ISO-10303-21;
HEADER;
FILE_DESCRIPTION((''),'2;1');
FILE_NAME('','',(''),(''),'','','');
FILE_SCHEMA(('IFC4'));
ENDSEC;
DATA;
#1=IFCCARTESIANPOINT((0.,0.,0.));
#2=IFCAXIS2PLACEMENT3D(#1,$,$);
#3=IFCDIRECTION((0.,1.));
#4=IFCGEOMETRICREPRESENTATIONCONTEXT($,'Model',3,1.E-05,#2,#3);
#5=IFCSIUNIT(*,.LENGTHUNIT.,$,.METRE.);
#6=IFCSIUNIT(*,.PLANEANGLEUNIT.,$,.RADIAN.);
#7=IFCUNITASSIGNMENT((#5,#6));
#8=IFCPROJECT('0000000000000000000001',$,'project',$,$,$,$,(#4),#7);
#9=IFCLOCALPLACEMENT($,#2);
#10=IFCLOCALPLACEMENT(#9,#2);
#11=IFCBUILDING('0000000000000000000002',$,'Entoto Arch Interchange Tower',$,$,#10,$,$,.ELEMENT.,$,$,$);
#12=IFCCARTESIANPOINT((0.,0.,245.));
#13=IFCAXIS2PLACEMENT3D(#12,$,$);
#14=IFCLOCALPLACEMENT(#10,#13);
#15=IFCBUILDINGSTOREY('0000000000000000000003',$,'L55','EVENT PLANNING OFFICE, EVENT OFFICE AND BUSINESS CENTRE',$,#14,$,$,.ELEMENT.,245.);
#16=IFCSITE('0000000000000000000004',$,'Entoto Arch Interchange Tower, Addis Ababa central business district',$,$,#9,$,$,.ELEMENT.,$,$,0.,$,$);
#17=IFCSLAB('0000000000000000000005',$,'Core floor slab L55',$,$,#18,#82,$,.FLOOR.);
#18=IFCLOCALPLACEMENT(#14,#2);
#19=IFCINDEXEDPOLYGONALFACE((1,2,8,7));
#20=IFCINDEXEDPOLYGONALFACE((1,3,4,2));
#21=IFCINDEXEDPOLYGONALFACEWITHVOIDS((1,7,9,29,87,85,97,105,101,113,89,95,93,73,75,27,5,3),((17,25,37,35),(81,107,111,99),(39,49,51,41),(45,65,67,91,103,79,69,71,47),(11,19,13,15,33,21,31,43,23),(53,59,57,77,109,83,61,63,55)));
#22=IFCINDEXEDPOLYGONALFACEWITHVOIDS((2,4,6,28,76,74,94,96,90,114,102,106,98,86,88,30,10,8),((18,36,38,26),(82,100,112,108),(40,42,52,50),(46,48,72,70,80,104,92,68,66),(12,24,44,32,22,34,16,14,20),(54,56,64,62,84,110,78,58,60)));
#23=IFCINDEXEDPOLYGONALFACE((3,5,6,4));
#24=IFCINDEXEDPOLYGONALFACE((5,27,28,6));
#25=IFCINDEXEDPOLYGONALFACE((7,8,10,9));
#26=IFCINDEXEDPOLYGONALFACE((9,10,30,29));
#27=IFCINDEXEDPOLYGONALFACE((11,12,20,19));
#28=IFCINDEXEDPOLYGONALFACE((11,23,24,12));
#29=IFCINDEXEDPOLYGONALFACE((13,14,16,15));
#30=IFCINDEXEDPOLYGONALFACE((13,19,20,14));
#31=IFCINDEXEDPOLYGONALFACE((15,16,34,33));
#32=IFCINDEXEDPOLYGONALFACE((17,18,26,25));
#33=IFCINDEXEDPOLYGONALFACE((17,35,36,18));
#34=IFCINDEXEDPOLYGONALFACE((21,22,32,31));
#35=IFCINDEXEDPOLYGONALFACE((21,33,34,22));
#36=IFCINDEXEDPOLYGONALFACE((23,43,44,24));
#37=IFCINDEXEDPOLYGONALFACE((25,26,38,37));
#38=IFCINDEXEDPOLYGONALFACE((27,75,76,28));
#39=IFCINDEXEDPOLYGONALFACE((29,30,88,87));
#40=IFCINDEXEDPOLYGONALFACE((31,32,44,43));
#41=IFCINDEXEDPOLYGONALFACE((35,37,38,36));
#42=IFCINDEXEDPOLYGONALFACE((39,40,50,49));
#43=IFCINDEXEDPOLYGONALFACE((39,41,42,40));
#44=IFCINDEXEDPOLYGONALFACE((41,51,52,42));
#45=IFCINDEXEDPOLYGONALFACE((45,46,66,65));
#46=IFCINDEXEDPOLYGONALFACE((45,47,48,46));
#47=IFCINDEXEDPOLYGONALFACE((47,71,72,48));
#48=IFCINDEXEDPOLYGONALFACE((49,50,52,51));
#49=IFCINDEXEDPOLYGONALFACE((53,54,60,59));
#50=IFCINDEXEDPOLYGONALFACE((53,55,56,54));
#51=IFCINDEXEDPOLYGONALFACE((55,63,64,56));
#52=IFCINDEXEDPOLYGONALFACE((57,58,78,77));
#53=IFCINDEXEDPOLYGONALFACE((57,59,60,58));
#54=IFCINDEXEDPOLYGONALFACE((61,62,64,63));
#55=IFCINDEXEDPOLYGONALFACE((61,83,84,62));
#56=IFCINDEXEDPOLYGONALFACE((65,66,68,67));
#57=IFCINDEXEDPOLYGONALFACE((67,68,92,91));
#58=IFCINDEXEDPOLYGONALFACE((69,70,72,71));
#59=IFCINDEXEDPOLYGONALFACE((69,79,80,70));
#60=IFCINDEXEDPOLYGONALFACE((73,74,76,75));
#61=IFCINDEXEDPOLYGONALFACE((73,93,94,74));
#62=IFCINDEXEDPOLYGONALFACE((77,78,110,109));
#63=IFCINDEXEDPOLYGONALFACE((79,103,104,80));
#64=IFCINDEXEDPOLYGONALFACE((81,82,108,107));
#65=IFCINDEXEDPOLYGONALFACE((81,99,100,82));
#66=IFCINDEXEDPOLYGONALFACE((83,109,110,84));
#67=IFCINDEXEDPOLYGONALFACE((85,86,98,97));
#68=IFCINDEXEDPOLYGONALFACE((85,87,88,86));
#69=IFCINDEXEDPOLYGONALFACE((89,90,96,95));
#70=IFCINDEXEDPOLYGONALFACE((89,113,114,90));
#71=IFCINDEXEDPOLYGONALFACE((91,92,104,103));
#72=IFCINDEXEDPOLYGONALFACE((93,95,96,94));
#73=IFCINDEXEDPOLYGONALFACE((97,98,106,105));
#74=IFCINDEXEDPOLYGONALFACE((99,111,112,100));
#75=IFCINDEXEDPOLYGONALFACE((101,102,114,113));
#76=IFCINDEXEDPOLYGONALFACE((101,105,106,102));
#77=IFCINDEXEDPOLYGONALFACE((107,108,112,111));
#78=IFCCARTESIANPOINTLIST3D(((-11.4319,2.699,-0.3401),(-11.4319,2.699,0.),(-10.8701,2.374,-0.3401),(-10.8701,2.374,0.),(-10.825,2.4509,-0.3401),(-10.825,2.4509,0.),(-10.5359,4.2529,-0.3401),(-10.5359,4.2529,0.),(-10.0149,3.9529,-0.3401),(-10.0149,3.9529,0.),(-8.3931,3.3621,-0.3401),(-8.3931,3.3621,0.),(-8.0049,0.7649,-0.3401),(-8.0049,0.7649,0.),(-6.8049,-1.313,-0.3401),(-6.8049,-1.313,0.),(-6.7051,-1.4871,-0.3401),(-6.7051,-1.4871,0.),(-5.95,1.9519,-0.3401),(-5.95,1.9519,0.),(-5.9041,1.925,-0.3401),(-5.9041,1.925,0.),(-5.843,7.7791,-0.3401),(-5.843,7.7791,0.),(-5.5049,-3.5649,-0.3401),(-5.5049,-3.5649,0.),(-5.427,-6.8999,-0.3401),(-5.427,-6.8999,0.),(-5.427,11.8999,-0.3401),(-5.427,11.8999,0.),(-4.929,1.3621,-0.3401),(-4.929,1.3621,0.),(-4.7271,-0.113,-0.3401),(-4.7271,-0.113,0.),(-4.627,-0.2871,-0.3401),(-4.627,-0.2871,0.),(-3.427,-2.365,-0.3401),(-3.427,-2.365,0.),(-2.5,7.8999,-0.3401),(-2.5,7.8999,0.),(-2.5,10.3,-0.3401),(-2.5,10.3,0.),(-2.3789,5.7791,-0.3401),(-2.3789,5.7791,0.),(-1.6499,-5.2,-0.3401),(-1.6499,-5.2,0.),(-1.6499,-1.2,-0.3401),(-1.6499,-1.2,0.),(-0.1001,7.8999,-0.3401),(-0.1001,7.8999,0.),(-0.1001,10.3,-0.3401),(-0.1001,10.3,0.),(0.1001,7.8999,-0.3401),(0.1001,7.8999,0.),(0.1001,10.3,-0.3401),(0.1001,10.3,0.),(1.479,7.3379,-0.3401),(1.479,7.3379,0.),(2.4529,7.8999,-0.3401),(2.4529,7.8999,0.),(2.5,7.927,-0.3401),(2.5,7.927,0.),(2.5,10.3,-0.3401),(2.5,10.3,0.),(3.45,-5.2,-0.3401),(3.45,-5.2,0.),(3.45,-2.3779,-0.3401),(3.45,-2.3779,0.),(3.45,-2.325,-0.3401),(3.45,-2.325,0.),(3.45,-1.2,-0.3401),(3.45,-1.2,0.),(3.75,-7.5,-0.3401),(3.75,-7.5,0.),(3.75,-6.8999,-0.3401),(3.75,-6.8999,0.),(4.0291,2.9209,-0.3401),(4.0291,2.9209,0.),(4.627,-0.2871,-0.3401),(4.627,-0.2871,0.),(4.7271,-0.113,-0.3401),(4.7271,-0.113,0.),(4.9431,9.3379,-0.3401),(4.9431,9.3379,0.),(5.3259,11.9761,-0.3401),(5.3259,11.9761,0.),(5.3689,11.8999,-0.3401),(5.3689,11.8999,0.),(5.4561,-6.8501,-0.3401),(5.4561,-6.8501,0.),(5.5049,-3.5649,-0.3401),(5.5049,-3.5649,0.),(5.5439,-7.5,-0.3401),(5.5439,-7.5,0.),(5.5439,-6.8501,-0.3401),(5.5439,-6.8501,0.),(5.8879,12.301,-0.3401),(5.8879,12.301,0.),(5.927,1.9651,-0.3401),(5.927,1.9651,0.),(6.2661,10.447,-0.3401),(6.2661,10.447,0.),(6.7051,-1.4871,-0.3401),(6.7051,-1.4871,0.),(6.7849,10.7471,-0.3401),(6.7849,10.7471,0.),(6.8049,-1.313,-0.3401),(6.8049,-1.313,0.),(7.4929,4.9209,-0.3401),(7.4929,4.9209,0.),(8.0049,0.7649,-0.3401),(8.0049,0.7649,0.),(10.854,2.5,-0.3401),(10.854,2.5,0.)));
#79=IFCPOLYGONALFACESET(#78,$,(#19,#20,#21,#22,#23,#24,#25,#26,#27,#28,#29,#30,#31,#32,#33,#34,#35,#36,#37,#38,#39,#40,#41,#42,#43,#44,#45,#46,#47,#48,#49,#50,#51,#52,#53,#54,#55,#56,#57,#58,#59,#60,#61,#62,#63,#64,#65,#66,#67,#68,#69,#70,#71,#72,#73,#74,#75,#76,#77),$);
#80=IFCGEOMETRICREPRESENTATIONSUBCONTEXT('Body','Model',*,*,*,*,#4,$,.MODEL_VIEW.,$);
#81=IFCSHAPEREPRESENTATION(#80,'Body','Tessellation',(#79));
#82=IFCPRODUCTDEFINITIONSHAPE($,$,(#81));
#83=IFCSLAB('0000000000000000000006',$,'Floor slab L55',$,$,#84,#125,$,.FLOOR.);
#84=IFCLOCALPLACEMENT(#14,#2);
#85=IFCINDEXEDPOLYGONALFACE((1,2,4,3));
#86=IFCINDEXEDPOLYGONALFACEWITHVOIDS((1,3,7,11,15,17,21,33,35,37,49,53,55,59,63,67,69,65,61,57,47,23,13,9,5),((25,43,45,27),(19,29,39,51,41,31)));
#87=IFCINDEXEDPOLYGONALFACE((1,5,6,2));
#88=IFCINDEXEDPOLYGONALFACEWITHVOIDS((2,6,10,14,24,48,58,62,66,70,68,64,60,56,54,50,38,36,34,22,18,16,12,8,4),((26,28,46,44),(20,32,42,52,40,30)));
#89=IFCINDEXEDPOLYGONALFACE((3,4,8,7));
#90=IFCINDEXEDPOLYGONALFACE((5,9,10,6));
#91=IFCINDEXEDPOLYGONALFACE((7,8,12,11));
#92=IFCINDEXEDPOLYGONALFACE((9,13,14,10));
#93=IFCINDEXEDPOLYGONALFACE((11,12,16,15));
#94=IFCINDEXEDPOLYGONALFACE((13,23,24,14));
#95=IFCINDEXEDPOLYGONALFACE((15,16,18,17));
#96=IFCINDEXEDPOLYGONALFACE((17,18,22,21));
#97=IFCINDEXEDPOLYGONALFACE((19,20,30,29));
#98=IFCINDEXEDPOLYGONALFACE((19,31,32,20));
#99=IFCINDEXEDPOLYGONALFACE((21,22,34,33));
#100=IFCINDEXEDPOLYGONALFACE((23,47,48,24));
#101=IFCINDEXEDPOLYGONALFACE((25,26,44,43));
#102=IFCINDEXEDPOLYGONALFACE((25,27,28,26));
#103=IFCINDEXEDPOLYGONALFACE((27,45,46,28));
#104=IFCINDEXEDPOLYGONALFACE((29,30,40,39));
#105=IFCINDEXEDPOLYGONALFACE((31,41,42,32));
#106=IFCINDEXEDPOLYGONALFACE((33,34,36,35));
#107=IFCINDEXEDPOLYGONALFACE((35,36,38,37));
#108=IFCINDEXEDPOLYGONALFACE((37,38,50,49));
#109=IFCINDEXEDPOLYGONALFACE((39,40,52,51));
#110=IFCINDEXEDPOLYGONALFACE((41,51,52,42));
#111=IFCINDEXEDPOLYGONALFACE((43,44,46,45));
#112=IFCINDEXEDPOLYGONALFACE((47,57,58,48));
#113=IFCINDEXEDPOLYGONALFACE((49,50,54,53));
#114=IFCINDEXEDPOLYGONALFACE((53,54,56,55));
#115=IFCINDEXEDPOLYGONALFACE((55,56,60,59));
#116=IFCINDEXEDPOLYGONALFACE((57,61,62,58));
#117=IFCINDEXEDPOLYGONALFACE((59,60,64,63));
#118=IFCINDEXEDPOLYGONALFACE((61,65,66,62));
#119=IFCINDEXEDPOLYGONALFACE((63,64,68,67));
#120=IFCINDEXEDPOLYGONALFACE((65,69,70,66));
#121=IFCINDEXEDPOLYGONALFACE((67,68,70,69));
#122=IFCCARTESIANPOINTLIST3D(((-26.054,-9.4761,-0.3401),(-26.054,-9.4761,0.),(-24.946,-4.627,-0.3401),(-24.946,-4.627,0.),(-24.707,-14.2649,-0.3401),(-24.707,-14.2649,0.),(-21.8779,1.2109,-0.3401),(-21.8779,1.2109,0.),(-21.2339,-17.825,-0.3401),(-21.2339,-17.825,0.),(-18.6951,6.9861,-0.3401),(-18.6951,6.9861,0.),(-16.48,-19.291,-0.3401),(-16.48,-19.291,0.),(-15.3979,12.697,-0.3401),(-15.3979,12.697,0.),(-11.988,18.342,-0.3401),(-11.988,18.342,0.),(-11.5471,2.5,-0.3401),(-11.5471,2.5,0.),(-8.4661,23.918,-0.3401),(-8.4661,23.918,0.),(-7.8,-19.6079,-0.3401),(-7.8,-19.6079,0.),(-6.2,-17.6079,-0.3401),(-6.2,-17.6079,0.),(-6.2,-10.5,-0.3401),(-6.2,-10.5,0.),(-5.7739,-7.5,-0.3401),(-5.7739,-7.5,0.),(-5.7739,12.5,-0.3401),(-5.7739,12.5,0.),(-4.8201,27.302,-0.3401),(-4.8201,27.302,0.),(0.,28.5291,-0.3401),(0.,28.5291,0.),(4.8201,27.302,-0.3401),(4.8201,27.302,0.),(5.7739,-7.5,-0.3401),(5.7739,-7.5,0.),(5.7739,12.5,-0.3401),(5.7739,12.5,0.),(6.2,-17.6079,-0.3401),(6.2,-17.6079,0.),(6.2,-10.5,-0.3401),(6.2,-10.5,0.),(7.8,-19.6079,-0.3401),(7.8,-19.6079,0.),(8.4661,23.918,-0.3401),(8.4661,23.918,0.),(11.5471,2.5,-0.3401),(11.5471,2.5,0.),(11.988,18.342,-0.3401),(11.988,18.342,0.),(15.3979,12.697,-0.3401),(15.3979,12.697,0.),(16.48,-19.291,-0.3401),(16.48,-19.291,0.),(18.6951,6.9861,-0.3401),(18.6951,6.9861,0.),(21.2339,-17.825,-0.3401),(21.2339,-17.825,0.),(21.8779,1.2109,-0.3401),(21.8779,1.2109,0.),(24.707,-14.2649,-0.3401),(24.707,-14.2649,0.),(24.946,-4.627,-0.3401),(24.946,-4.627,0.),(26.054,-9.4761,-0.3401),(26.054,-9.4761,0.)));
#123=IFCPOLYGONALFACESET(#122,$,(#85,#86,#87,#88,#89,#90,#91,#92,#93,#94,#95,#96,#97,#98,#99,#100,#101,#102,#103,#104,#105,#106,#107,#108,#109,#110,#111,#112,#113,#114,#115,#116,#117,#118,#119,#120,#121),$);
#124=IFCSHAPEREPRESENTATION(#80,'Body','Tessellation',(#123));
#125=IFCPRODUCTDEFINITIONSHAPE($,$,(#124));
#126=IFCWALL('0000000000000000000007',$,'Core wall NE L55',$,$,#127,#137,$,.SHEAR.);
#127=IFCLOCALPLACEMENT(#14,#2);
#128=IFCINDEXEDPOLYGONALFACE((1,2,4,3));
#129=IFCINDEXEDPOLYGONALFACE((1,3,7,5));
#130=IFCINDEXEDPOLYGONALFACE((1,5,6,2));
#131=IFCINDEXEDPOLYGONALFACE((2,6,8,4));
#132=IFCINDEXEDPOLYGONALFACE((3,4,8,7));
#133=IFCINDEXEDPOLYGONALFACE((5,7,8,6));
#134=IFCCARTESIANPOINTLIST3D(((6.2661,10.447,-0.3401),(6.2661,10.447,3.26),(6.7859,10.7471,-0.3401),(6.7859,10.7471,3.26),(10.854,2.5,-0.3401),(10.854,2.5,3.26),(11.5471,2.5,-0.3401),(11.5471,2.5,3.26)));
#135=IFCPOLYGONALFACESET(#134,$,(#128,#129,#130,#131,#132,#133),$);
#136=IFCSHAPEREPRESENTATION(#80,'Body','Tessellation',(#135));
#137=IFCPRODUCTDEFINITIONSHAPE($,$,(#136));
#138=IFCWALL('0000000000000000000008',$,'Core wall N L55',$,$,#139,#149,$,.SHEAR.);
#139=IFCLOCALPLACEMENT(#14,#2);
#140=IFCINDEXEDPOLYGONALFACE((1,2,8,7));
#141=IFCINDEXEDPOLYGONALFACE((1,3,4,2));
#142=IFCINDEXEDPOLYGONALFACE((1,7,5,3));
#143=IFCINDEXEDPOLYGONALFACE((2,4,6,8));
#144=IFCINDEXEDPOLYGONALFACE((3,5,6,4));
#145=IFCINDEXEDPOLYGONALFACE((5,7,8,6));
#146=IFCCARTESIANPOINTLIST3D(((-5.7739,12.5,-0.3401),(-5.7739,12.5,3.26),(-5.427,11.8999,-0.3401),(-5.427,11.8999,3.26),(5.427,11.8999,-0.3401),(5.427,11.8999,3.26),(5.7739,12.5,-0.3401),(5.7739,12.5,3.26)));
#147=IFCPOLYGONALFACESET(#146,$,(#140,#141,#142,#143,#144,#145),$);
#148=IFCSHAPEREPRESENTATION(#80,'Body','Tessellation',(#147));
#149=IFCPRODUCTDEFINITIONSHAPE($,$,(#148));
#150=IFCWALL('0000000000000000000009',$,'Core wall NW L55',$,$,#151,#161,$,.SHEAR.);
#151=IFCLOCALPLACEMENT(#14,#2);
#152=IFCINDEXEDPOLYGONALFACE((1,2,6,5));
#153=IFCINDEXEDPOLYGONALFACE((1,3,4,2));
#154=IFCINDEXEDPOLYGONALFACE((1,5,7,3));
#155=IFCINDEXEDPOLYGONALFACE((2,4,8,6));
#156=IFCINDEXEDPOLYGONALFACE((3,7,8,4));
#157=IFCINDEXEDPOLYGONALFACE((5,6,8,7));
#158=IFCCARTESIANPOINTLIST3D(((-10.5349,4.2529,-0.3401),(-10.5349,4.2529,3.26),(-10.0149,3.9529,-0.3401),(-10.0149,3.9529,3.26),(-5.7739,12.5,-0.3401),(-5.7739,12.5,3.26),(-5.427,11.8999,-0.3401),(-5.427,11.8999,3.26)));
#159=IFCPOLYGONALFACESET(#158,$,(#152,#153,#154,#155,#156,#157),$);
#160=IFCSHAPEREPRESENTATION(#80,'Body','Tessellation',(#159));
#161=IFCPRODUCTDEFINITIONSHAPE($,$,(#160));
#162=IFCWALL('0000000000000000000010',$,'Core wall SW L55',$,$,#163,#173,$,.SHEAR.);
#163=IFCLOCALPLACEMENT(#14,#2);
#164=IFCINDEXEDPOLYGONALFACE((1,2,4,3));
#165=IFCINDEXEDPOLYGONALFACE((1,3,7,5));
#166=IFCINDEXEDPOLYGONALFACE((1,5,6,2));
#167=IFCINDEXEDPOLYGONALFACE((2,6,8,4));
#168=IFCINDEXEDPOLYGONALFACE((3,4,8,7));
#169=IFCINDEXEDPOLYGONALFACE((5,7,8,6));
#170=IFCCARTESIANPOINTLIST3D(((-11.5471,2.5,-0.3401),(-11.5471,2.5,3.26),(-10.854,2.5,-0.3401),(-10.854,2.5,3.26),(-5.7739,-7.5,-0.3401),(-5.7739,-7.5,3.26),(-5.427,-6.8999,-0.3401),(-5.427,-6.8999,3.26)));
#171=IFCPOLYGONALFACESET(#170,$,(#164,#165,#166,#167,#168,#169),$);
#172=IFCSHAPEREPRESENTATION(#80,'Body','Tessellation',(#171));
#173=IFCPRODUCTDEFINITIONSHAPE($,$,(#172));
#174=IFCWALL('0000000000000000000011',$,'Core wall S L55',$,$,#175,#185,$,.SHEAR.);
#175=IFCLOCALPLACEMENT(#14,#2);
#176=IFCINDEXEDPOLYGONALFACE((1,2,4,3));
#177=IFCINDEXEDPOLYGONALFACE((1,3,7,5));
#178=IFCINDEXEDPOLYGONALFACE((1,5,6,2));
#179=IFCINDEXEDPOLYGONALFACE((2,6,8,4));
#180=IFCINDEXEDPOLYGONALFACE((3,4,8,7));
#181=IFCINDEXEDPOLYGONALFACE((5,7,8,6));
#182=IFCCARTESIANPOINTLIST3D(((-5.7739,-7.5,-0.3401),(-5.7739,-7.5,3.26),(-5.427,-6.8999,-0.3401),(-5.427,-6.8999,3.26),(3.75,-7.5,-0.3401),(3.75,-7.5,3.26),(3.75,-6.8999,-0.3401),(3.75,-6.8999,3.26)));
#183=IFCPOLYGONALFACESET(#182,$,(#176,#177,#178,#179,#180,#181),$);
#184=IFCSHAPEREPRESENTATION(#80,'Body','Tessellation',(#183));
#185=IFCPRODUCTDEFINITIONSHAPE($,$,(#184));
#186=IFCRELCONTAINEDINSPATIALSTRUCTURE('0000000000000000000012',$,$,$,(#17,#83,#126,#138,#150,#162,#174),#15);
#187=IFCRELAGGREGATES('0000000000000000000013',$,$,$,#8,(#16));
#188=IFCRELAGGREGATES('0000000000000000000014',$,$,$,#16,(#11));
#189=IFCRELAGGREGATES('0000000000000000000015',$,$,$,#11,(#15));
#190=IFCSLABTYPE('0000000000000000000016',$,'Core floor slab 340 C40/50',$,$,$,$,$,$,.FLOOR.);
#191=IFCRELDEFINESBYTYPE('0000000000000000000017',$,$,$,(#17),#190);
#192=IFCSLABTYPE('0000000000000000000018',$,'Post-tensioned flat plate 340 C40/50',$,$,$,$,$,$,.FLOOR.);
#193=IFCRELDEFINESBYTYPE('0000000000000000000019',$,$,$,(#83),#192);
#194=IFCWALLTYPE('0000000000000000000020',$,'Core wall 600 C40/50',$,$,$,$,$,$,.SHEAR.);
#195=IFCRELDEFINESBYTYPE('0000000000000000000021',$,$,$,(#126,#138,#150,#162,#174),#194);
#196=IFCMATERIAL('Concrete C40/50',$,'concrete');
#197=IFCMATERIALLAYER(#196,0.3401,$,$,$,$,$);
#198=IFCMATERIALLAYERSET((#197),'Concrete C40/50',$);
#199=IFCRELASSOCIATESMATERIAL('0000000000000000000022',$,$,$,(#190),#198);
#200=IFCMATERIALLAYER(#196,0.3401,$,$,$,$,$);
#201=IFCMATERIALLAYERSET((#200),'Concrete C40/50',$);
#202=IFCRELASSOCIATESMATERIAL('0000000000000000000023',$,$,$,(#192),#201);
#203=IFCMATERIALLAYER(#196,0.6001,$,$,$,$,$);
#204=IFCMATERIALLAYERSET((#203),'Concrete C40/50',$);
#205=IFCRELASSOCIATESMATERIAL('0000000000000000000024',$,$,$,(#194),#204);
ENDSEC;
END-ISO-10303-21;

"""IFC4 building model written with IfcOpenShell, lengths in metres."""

from ifc_helpers import new_model, si_unit, direction, frame, origin, place, context, subcontext, project, spatial, polyline, outline, extrude, material, layer, layer_set, type_object, element, save


model = new_model("IFC4")

# Units and contexts
model_context = context("Model", 3, precision=1e-05, world=origin(), true_north=direction((0.0, 1.0)))
body_context = subcontext(model_context, "Body", "Model", "MODEL_VIEW")
ifc_project = project(units=[si_unit("LENGTHUNIT", "METRE"), si_unit("PLANEANGLEUNIT", "RADIAN")], contexts=[model_context])

# Site, building, storey
site_placement = place(None, origin())
site = spatial("IfcSite", under=ifc_project, at=site_placement, Name="Entoto Arch Interchange Tower, Addis Ababa central business district", CompositionType="ELEMENT", RefElevation=0.0)
building_placement = place(site_placement, origin())
building = spatial("IfcBuilding", under=site, at=building_placement, Name="Entoto Arch Interchange Tower", CompositionType="ELEMENT")
storey_placement = place(building_placement, frame((0.0, 0.0, 245.0)))
storey = spatial("IfcBuildingStorey", under=building, at=storey_placement, Name="L55", Description="EVENT PLANNING OFFICE, EVENT OFFICE AND BUSINESS CENTRE", CompositionType="ELEMENT", Elevation=245.0)

# Slabs
ifc_material_1 = material(Name="Concrete C40/50", Category="concrete")
ifc_layer_1 = layer(ifc_material_1, 0.3401)
ifc_layer_set_1 = layer_set([ifc_layer_1], Name="Concrete C40/50")
slab_type_1 = type_object("IfcSlabType", Name="Core floor slab 340 C40/50", PredefinedType="FLOOR", material=ifc_layer_set_1)
slab_1_placement = place(storey_placement, frame((0.0, 0.0, -0.3401)))
element("IfcSlab", 1, at=slab_1_placement, inside=storey, type_object=slab_type_1, Name="Core floor slab L55", PredefinedType="FLOOR", context=body_context, shape_type="SweptSolid", body=[
    extrude(outline(polyline([(-10.825, 2.4509), (-10.8701, 2.374), (-11.4319, 2.699), (-10.5359, 4.2529), (-10.0149, 3.9529), (-5.427, 11.8999), (5.3689, 11.8999), (5.3259, 11.9761), (5.8879, 12.301), (6.7849, 10.7471), (6.2661, 10.447), (10.854, 2.5), (5.4561, -6.8501), (5.5439, -6.8501), (5.5439, -7.5), (3.75, -7.5), (3.75, -6.8999), (-5.427, -6.8999), (-10.825, 2.4509)]), holes=[polyline([(-1.6499, -5.2), (3.45, -5.2), (3.45, -2.3779), (5.5049, -3.5649), (6.7051, -1.4871), (4.627, -0.2871), (3.45, -2.325), (3.45, -1.2), (-1.6499, -1.2), (-1.6499, -5.2)]), polyline([(-4.627, -0.2871), (-6.7051, -1.4871), (-5.5049, -3.5649), (-3.427, -2.365), (-4.627, -0.2871)]), polyline([(-5.9041, 1.925), (-4.929, 1.3621), (-2.3789, 5.7791), (-5.843, 7.7791), (-8.3931, 3.3621), (-5.95, 1.9519), (-8.0049, 0.7649), (-6.8049, -1.313), (-4.7271, -0.113), (-5.9041, 1.925)]), polyline([(4.7271, -0.113), (6.8049, -1.313), (8.0049, 0.7649), (5.927, 1.9651), (4.7271, -0.113)]), polyline([(2.5, 7.927), (2.5, 10.3), (0.1001, 10.3), (0.1001, 7.8999), (2.4529, 7.8999), (1.479, 7.3379), (4.0291, 2.9209), (7.4929, 4.9209), (4.9431, 9.3379), (2.5, 7.927)]), polyline([(-2.5, 7.8999), (-0.1001, 7.8999), (-0.1001, 10.3), (-2.5, 10.3), (-2.5, 7.8999)])]), origin(), (0.0, 0.0, 1.0), 0.3401),
])
ifc_layer_2 = layer(ifc_material_1, 0.3401)
ifc_layer_set_2 = layer_set([ifc_layer_2], Name="Concrete C40/50")
slab_type_2 = type_object("IfcSlabType", Name="Post-tensioned flat plate 340 C40/50", PredefinedType="FLOOR", material=ifc_layer_set_2)
slab_2_placement = place(storey_placement, frame((0.0, 0.0, -0.3401)))
element("IfcSlab", 2, at=slab_2_placement, inside=storey, type_object=slab_type_2, Name="Floor slab L55", PredefinedType="FLOOR", context=body_context, shape_type="SweptSolid", body=[
    extrude(outline(polyline([(-16.48, -19.291), (-7.8, -19.6079), (7.8, -19.6079), (16.48, -19.291), (21.2339, -17.825), (24.707, -14.2649), (26.054, -9.4761), (24.946, -4.627), (21.8779, 1.2109), (18.6951, 6.9861), (15.3979, 12.697), (11.988, 18.342), (8.4661, 23.918), (4.8201, 27.302), (0.0, 28.5291), (-4.8201, 27.302), (-8.4661, 23.918), (-11.988, 18.342), (-15.3979, 12.697), (-18.6951, 6.9861), (-21.8779, 1.2109), (-24.946, -4.627), (-26.054, -9.4761), (-24.707, -14.2649), (-21.2339, -17.825), (-16.48, -19.291)]), holes=[polyline([(6.2, -17.6079), (6.2, -10.5), (-6.2, -10.5), (-6.2, -17.6079), (6.2, -17.6079)]), polyline([(11.5471, 2.5), (5.7739, 12.5), (-5.7739, 12.5), (-11.5471, 2.5), (-5.7739, -7.5), (5.7739, -7.5), (11.5471, 2.5)])]), origin(), (0.0, 0.0, 1.0), 0.3401),
])

# Walls
ifc_layer_3 = layer(ifc_material_1, 0.6001)
ifc_layer_set_3 = layer_set([ifc_layer_3], Name="Concrete C40/50")
wall_type_1 = type_object("IfcWallType", Name="Core wall 600 C40/50", PredefinedType="SHEAR", material=ifc_layer_set_3)
wall_1_placement = place(storey_placement, frame((0.0, 0.0, -0.3401)))
element("IfcWall", 3, at=wall_1_placement, inside=storey, type_object=wall_type_1, Name="Core wall NE L55", PredefinedType="SHEAR", context=body_context, shape_type="SweptSolid", body=[
    extrude(outline(polyline([(6.7859, 10.7471), (6.2661, 10.447), (10.854, 2.5), (11.5471, 2.5), (6.7859, 10.7471)])), origin(), (0.0, 0.0, 1.0), 3.6001),
])
wall_2_placement = place(storey_placement, frame((0.0, 0.0, -0.3401)))
element("IfcWall", 4, at=wall_2_placement, inside=storey, type_object=wall_type_1, Name="Core wall N L55", PredefinedType="SHEAR", context=body_context, shape_type="SweptSolid", body=[
    extrude(outline(polyline([(5.7739, 12.5), (-5.7739, 12.5), (-5.427, 11.8999), (5.427, 11.8999), (5.7739, 12.5)])), origin(), (0.0, 0.0, 1.0), 3.6001),
])
wall_3_placement = place(storey_placement, frame((0.0, 0.0, -0.3401)))
element("IfcWall", 5, at=wall_3_placement, inside=storey, type_object=wall_type_1, Name="Core wall NW L55", PredefinedType="SHEAR", context=body_context, shape_type="SweptSolid", body=[
    extrude(outline(polyline([(-10.5349, 4.2529), (-10.0149, 3.9529), (-5.427, 11.8999), (-5.7739, 12.5), (-10.5349, 4.2529)])), origin(), (0.0, 0.0, 1.0), 3.6001),
])
wall_4_placement = place(storey_placement, frame((0.0, 0.0, -0.3401)))
element("IfcWall", 6, at=wall_4_placement, inside=storey, type_object=wall_type_1, Name="Core wall SW L55", PredefinedType="SHEAR", context=body_context, shape_type="SweptSolid", body=[
    extrude(outline(polyline([(-11.5471, 2.5), (-5.7739, -7.5), (-5.427, -6.8999), (-10.854, 2.5), (-11.5471, 2.5)])), origin(), (0.0, 0.0, 1.0), 3.6001),
])
wall_5_placement = place(storey_placement, frame((0.0, 0.0, -0.3401)))
element("IfcWall", 7, at=wall_5_placement, inside=storey, type_object=wall_type_1, Name="Core wall S L55", PredefinedType="SHEAR", context=body_context, shape_type="SweptSolid", body=[
    extrude(outline(polyline([(3.75, -7.5), (3.75, -6.8999), (-5.427, -6.8999), (-5.7739, -7.5), (3.75, -7.5)])), origin(), (0.0, 0.0, 1.0), 3.6001),
])

save(model, "model.ifc")
